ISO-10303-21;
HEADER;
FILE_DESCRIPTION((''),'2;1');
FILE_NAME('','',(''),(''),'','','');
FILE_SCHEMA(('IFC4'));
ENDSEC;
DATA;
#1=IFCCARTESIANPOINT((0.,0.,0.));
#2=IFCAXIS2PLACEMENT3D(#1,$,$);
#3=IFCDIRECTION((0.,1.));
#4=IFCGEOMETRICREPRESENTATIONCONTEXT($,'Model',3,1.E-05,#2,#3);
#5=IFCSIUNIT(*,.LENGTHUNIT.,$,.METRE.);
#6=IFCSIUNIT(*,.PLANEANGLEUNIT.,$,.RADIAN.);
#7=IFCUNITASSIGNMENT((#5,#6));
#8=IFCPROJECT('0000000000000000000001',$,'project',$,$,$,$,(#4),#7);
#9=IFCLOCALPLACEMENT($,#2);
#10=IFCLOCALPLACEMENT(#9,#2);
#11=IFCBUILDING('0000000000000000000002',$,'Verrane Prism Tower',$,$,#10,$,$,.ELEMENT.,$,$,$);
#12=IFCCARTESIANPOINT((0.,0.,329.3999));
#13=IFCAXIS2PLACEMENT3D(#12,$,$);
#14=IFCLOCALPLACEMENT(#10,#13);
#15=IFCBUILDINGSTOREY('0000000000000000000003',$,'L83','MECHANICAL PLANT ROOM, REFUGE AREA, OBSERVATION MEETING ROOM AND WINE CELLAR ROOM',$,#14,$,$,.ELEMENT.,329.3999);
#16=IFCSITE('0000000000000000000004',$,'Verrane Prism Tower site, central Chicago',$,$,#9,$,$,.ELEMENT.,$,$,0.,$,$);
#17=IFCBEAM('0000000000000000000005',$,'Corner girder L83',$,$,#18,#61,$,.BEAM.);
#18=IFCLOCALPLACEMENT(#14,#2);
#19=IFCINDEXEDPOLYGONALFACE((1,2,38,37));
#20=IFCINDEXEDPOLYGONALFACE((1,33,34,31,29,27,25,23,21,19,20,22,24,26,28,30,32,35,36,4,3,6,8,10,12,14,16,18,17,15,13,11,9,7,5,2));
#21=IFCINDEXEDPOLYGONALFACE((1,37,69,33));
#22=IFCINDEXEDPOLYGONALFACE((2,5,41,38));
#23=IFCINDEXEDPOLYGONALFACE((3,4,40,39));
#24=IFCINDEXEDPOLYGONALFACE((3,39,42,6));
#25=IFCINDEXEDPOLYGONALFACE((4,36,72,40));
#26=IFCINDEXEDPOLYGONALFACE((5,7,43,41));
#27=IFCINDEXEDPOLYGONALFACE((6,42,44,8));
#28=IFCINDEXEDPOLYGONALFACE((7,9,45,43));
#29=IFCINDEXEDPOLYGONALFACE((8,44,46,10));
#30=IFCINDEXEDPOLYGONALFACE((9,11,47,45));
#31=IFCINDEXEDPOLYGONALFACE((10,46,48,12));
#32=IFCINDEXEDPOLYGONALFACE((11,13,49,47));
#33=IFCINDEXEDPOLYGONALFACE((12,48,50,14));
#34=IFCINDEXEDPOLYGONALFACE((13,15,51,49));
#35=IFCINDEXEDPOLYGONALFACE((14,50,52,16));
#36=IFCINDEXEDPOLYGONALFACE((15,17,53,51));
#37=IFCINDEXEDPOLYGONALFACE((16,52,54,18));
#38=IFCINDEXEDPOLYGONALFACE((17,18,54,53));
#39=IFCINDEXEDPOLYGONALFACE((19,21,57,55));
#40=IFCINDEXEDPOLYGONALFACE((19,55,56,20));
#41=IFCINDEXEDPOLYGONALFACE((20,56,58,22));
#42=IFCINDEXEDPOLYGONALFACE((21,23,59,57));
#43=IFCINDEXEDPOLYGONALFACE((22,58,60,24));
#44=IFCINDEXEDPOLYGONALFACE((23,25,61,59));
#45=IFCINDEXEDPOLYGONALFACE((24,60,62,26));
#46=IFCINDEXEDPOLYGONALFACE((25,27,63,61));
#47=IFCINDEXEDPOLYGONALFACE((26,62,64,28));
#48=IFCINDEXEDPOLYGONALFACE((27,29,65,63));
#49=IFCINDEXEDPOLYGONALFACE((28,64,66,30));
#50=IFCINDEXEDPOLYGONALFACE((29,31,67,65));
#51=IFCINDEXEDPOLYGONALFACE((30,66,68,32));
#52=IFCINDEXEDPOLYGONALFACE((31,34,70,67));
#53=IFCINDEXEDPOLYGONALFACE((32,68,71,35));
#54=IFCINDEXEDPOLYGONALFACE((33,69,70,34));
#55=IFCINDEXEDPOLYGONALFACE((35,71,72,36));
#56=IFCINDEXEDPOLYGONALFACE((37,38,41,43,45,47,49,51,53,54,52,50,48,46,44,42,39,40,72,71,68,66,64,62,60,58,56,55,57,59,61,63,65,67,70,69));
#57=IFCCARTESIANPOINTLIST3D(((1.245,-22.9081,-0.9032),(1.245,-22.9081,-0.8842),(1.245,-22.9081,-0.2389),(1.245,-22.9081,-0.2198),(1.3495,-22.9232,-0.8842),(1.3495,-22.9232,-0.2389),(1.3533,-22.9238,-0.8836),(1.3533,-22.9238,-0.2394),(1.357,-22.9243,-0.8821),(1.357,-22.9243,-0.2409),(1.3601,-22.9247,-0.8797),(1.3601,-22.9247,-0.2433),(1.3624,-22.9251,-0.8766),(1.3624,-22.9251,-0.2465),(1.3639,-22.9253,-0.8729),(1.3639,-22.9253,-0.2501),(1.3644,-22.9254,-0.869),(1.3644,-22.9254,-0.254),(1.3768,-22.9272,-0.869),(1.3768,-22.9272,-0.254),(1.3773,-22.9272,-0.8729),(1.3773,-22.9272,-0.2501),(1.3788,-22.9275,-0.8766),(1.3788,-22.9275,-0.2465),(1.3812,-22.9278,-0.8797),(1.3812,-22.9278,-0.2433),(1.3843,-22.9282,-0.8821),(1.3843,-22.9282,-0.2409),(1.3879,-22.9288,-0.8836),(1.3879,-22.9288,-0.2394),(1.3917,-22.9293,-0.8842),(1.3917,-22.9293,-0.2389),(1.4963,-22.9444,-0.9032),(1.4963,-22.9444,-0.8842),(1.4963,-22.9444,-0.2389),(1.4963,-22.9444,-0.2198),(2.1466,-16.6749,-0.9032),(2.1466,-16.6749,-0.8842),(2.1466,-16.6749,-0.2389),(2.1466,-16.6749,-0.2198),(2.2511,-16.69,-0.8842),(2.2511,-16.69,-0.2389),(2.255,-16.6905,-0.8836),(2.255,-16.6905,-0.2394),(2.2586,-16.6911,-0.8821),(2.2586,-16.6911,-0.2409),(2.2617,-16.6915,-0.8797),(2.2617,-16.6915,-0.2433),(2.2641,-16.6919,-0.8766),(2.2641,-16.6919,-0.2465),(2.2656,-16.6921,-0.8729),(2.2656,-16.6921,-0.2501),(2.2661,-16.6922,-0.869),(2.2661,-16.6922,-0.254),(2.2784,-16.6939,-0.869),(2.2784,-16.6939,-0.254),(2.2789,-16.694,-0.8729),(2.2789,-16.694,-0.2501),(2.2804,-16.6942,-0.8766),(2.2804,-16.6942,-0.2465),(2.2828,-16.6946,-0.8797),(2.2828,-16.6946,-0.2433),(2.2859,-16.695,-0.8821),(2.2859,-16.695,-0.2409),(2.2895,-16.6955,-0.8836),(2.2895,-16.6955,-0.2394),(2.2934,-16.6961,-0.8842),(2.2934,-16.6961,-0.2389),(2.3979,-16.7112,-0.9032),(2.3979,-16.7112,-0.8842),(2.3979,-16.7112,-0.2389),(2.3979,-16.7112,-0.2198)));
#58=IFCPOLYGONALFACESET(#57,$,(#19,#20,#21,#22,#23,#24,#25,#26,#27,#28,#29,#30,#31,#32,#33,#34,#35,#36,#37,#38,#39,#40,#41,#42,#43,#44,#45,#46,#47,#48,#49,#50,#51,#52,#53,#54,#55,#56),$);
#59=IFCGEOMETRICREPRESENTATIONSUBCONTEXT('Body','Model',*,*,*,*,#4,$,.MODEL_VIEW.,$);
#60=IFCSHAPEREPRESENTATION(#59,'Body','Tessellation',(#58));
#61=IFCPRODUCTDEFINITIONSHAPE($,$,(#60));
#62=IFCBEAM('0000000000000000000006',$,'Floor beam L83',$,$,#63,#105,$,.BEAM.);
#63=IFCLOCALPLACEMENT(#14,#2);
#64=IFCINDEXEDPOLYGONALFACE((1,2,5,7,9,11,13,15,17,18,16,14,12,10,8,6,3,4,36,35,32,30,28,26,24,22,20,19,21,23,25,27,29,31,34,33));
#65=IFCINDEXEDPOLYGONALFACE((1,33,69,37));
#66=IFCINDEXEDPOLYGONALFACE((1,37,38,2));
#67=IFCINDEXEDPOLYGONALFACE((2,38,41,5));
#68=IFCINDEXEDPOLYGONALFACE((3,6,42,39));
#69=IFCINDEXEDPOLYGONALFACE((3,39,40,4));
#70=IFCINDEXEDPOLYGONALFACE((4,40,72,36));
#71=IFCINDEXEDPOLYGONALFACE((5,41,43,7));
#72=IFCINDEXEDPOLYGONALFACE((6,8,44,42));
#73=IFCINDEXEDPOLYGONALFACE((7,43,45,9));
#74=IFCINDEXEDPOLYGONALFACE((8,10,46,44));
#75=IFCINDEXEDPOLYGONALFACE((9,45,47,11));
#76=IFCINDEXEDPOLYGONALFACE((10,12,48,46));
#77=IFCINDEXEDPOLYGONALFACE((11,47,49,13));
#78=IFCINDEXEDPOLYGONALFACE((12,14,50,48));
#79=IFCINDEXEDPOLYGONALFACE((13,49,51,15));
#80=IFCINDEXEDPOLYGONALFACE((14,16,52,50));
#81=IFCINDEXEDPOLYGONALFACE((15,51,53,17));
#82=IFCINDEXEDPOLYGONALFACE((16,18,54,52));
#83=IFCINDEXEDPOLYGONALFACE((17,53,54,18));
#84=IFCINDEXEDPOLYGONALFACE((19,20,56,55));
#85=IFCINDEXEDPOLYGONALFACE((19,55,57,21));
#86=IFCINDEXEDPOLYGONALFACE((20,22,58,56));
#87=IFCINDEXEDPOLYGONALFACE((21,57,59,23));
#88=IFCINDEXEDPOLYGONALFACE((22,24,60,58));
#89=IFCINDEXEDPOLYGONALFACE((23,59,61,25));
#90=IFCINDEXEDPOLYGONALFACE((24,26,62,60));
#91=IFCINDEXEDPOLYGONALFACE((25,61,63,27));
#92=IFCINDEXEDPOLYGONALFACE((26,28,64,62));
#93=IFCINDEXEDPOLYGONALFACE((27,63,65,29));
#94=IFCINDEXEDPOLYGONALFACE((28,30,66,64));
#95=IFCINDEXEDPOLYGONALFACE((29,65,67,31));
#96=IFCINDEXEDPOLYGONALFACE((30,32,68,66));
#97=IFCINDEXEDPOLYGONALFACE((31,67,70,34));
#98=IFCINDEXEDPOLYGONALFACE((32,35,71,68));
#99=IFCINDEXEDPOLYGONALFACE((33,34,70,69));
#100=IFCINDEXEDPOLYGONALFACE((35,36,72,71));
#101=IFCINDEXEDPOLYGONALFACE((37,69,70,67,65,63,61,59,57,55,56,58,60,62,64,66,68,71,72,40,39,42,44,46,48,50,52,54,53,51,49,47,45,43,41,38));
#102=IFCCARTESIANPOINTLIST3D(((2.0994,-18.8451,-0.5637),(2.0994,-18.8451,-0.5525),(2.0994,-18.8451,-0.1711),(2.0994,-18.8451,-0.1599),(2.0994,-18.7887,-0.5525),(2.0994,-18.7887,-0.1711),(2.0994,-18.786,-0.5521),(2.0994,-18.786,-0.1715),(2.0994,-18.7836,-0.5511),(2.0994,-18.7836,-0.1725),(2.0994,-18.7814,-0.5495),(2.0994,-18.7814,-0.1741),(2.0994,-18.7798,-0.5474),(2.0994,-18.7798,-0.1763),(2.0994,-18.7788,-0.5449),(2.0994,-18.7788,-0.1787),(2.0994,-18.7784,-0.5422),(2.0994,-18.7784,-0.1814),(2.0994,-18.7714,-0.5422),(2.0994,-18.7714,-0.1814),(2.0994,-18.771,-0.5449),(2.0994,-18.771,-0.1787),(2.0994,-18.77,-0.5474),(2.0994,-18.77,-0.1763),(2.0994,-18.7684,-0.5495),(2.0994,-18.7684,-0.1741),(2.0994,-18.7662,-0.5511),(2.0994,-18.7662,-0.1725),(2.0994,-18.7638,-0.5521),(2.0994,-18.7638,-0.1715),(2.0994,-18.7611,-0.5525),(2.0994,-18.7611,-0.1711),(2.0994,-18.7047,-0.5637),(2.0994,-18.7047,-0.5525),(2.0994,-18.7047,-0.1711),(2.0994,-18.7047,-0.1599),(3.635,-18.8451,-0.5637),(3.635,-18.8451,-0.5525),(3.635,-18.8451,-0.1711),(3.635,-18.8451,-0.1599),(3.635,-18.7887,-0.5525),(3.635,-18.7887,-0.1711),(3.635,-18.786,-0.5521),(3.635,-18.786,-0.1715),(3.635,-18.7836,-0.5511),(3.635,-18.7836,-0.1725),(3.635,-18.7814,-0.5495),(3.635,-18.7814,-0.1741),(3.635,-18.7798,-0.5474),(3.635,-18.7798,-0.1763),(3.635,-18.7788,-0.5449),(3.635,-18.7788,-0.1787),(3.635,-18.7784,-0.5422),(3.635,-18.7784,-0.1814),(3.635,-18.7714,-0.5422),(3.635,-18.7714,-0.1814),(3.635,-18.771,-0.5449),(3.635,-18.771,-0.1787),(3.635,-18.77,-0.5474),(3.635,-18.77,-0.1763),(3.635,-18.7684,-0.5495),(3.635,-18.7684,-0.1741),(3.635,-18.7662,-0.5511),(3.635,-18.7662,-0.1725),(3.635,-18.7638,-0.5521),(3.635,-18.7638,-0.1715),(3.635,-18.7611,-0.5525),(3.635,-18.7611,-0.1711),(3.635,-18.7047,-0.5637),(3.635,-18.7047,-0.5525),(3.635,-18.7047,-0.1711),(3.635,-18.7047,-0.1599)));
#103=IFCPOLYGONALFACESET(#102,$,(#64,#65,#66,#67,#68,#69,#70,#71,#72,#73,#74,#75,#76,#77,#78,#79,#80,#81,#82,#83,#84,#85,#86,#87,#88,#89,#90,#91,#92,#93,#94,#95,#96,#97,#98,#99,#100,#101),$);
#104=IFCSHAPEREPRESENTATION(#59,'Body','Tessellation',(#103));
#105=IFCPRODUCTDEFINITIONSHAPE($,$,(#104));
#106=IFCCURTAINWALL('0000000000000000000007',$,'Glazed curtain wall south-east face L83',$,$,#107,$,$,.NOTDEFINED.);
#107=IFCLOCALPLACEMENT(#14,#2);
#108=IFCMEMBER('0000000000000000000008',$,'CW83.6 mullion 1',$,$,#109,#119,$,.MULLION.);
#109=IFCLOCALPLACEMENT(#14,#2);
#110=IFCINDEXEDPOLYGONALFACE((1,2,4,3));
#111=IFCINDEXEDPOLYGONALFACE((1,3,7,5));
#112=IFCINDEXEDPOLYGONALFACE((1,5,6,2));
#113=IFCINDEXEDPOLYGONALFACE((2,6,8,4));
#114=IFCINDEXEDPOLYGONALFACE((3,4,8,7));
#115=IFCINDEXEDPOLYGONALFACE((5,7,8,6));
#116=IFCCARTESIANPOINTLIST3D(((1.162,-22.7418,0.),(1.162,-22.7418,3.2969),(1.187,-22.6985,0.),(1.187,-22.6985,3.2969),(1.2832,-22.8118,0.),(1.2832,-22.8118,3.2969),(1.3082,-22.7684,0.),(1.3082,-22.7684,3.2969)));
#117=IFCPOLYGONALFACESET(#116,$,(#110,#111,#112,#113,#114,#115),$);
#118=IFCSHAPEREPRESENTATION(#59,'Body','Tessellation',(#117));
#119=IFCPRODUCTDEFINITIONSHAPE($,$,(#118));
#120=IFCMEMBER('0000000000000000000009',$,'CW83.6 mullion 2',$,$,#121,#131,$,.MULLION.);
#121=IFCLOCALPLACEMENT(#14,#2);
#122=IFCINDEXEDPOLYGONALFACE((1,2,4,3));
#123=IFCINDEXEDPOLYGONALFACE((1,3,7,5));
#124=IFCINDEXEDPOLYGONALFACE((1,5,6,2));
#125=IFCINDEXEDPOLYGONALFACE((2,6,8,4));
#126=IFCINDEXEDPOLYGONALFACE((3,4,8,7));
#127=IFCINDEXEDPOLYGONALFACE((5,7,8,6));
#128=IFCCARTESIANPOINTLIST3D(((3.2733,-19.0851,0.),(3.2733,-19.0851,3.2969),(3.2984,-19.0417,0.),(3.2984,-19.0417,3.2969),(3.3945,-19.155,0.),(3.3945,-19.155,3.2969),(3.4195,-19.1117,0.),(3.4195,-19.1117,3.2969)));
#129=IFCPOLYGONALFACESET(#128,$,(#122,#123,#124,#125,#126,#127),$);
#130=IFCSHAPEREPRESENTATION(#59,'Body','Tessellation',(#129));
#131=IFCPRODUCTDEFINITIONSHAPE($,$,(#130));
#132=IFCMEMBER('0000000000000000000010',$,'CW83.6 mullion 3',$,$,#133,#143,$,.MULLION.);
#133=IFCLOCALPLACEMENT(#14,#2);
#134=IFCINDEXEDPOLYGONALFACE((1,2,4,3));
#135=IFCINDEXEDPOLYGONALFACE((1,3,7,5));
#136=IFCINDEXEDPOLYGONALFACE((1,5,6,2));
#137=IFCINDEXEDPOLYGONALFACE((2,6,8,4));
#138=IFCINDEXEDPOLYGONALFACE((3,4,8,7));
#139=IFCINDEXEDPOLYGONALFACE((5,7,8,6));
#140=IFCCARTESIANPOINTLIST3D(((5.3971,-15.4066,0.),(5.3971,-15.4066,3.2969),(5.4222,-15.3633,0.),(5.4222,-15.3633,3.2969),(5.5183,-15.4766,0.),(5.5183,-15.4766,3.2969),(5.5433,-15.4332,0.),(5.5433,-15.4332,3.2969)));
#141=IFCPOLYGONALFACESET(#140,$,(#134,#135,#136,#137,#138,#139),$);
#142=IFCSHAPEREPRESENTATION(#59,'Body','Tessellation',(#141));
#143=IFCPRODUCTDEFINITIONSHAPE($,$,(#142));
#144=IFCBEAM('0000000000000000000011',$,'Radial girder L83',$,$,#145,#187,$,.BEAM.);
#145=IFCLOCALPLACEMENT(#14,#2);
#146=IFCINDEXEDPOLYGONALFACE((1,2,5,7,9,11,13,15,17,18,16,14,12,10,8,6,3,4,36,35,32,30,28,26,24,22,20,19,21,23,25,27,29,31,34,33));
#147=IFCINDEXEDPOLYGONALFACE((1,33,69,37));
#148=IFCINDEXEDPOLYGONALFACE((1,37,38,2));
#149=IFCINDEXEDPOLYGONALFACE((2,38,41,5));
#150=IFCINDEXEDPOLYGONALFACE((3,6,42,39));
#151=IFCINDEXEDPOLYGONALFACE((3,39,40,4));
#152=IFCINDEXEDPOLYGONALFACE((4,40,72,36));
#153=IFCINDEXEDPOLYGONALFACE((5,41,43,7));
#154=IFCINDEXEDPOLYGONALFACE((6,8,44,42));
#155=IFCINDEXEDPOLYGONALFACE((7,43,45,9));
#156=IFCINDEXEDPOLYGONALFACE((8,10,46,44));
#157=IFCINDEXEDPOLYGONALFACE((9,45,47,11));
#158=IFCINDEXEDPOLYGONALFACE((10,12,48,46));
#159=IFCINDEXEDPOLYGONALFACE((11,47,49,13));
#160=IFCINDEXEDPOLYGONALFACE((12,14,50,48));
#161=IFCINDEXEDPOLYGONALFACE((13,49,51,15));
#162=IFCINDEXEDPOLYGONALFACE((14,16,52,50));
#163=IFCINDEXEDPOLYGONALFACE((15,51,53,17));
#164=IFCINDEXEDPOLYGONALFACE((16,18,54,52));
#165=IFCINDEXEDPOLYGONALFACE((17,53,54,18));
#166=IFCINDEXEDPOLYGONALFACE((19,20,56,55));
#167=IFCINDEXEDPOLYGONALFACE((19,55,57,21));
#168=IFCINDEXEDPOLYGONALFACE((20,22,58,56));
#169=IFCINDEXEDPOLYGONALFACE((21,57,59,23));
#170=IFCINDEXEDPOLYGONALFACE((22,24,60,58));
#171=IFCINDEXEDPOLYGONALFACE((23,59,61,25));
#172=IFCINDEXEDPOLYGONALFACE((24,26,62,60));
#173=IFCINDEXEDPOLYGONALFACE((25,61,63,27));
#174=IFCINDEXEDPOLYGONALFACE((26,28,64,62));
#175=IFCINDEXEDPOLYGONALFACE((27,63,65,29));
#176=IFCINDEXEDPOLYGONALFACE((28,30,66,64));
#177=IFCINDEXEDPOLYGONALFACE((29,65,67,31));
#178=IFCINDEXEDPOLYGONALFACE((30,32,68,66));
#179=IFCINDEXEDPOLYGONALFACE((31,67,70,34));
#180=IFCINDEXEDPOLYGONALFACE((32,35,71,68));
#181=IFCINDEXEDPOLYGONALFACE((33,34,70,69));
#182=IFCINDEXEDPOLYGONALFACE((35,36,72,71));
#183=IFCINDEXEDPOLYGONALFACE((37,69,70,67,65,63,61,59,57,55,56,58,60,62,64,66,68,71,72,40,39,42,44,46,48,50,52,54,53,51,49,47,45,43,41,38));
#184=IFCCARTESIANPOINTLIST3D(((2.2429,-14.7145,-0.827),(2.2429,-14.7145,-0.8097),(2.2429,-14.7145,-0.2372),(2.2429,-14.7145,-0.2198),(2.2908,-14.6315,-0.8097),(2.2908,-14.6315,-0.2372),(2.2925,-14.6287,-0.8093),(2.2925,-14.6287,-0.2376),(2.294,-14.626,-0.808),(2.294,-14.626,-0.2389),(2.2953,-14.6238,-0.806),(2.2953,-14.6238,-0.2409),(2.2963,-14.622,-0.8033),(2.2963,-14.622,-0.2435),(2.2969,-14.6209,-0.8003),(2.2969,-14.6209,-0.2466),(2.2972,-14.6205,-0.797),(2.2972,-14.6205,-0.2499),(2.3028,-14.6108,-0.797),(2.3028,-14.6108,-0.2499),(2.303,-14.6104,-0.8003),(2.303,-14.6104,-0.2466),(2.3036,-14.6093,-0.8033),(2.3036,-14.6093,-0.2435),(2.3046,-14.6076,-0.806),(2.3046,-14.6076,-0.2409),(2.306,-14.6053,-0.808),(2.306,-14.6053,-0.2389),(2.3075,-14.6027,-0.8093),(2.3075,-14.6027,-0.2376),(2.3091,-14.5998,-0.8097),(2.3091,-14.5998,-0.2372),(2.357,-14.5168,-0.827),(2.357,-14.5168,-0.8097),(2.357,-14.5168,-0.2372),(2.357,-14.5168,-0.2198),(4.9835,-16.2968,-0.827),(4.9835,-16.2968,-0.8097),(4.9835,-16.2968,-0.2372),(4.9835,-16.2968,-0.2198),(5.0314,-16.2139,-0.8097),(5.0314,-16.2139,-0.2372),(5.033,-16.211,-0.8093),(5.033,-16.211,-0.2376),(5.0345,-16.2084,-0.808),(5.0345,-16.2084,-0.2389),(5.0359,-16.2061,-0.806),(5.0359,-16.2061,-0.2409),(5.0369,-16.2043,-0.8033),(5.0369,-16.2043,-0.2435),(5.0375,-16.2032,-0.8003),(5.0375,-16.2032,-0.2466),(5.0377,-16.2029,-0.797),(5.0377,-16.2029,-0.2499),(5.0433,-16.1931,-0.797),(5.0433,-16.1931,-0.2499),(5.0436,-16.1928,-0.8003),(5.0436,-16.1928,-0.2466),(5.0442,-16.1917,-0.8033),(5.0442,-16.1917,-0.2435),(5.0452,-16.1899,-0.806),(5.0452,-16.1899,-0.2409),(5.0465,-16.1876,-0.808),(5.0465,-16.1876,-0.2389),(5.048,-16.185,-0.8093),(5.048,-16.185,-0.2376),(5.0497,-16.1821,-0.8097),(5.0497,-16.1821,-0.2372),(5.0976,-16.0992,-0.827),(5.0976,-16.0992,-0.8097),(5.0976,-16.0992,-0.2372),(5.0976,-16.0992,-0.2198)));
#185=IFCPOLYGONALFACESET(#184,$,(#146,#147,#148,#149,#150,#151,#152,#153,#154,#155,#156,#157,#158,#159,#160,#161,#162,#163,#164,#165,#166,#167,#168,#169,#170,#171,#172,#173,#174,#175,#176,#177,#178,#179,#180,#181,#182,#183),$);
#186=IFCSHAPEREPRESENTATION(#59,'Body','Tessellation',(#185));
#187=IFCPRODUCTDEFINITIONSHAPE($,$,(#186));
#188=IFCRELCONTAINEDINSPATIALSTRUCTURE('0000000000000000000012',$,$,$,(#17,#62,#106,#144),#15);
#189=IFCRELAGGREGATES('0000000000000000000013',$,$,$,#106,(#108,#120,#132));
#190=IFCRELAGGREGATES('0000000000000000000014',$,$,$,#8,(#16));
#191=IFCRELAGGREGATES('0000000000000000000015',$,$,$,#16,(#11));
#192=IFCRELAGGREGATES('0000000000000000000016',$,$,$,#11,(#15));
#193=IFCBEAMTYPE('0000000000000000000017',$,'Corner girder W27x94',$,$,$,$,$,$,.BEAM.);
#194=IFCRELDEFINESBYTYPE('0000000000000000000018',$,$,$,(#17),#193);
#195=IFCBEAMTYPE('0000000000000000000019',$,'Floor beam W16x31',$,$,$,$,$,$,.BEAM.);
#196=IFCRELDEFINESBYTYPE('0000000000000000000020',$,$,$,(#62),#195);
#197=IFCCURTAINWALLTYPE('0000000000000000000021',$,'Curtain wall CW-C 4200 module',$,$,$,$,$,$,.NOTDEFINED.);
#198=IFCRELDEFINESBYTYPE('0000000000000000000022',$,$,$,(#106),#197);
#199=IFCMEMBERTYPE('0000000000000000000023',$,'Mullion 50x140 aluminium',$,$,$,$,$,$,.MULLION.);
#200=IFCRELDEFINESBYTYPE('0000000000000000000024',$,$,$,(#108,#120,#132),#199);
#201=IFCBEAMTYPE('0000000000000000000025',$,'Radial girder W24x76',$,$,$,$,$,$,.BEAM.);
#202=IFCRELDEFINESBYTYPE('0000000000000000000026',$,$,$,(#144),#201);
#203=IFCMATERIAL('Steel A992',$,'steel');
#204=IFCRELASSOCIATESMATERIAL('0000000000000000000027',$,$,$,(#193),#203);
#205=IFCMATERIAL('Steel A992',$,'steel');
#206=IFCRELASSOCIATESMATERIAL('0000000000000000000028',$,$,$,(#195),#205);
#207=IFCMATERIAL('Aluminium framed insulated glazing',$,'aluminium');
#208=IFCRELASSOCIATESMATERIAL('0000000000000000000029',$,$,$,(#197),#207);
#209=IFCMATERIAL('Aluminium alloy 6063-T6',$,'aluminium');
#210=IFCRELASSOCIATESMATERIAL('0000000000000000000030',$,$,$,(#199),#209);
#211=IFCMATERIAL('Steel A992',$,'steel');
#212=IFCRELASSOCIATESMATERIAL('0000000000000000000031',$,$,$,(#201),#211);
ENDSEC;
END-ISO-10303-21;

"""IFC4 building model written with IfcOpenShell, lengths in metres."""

from ifc_helpers import new_model, si_unit, direction, frame, origin, origin_2d, place, context, subcontext, project, spatial, rectangle, i_section, extrude, material, material_profile, profile_set, type_object, element, aggregate, save


model = new_model("IFC4")

# Units and contexts
model_context = context("Model", 3, precision=1e-05, world=origin(), true_north=direction((0.0, 1.0)))
body_context = subcontext(model_context, "Body", "Model", "MODEL_VIEW")
ifc_project = project(units=[si_unit("LENGTHUNIT", "METRE"), si_unit("PLANEANGLEUNIT", "RADIAN")], contexts=[model_context])

# Site, building, storey
site_placement = place(None, origin())
site = spatial("IfcSite", under=ifc_project, at=site_placement, Name="Verrane Prism Tower site, central Chicago", CompositionType="ELEMENT", RefElevation=0.0)
building_placement = place(site_placement, origin())
building = spatial("IfcBuilding", under=site, at=building_placement, Name="Verrane Prism Tower", CompositionType="ELEMENT")
storey_placement = place(building_placement, frame((0.0, 0.0, 329.3999)))
storey = spatial("IfcBuildingStorey", under=building, at=storey_placement, Name="L83", Description="MECHANICAL PLANT ROOM, REFUGE AREA, OBSERVATION MEETING ROOM AND WINE CELLAR ROOM", CompositionType="ELEMENT", Elevation=329.3999)

# Beams
ifc_material_1 = material(Name="Steel A992", Category="steel")
ifc_material_profile_1 = material_profile(ifc_material_1, i_section(OverallWidth=0.2539, OverallDepth=0.6833, WebThickness=0.0125, FlangeThickness=0.019, FilletRadius=0.0151, at=origin_2d()), Name="W27x94")
ifc_profile_set_1 = profile_set([ifc_material_profile_1], Name="Steel A992")
beam_type_1 = type_object("IfcBeamType", Name="Corner girder W27x94", PredefinedType="BEAM", material=ifc_profile_set_1)
beam_1_placement = place(storey_placement, frame((1.3706, -22.9263, -0.5615), z_axis=(0.143158, 0.9897, 0.0), x_axis=(-0.9897, 0.143158, 0.0)))
element("IfcBeam", 1, at=beam_1_placement, inside=storey, type_object=beam_type_1, Name="Corner girder L83", PredefinedType="BEAM", context=body_context, shape_type="SweptSolid", body=[
    extrude(i_section(OverallWidth=0.2539, OverallDepth=0.6833, WebThickness=0.0125, FlangeThickness=0.019, FilletRadius=0.0151, at=origin_2d()), origin(), (0.0, 0.0, 1.0), 6.2981),
])
ifc_material_2 = material(Name="Steel A992", Category="steel")
ifc_material_profile_2 = material_profile(ifc_material_2, i_section(OverallWidth=0.1404, OverallDepth=0.4038, WebThickness=0.0071, FlangeThickness=0.0112, FilletRadius=0.0103, at=origin_2d()), Name="W16x31")
ifc_profile_set_2 = profile_set([ifc_material_profile_2], Name="Steel A992")
beam_type_2 = type_object("IfcBeamType", Name="Floor beam W16x31", PredefinedType="BEAM", material=ifc_profile_set_2)
beam_2_placement = place(storey_placement, frame((2.0994, -18.7749, -0.3618), z_axis=(1.0, 0.0, 0.0), x_axis=(0.0, 1.0, 0.0)))
element("IfcBeam", 2, at=beam_2_placement, inside=storey, type_object=beam_type_2, Name="Floor beam L83", PredefinedType="BEAM", context=body_context, shape_type="SweptSolid", body=[
    extrude(i_section(OverallWidth=0.1404, OverallDepth=0.4038, WebThickness=0.0071, FlangeThickness=0.0112, FilletRadius=0.0103, at=origin_2d()), origin(), (0.0, 0.0, 1.0), 1.5356),
])

# Curtain wall, members
ifc_material_3 = material(Name="Aluminium framed insulated glazing", Category="aluminium")
curtain_wall_type_1 = type_object("IfcCurtainWallType", Name="Curtain wall CW-C 4200 module", PredefinedType="NOTDEFINED", material=ifc_material_3)
curtain_wall_1_placement = place(storey_placement, origin())
curtain_wall_1 = element("IfcCurtainWall", 3, at=curtain_wall_1_placement, inside=storey, type_object=curtain_wall_type_1, Name="Glazed curtain wall south-east face L83", PredefinedType="NOTDEFINED")
ifc_material_4 = material(Name="Aluminium alloy 6063-T6", Category="aluminium")
ifc_material_profile_3 = material_profile(ifc_material_4, rectangle(XDim=0.1399, YDim=0.05, at=origin_2d()), Name="Mullion 50x140 aluminium")
ifc_profile_set_3 = profile_set([ifc_material_profile_3], Name="Aluminium alloy 6063-T6")
member_type_1 = type_object("IfcMemberType", Name="Mullion 50x140 aluminium", PredefinedType="MULLION", material=ifc_profile_set_3)
member_1_placement = place(storey_placement, frame((1.2351, -22.7551, 0.0), z_axis=(0.0, 0.0, 1.0), x_axis=(-0.866025, 0.5, 0.0)))
member_1 = element("IfcMember", 4, at=member_1_placement, type_object=member_type_1, Name="CW83.6 mullion 1", PredefinedType="MULLION", context=body_context, shape_type="SweptSolid", body=[
    extrude(rectangle(XDim=0.1399, YDim=0.05, at=origin_2d()), origin(), (0.0, 0.0, 1.0), 3.2969),
])
member_2_placement = place(storey_placement, frame((3.3464, -19.0984, 0.0), z_axis=(0.0, 0.0, 1.0), x_axis=(-0.866025, 0.5, 0.0)))
member_2 = element("IfcMember", 5, at=member_2_placement, type_object=member_type_1, Name="CW83.6 mullion 2", PredefinedType="MULLION", context=body_context, shape_type="SweptSolid", body=[
    extrude(rectangle(XDim=0.1399, YDim=0.05, at=origin_2d()), origin(), (0.0, 0.0, 1.0), 3.2969),
])
member_3_placement = place(storey_placement, frame((5.4702, -15.4199, 0.0), z_axis=(0.0, 0.0, 1.0), x_axis=(-0.866025, 0.5, 0.0)))
member_3 = element("IfcMember", 6, at=member_3_placement, type_object=member_type_1, Name="CW83.6 mullion 3", PredefinedType="MULLION", context=body_context, shape_type="SweptSolid", body=[
    extrude(rectangle(XDim=0.1399, YDim=0.05, at=origin_2d()), origin(), (0.0, 0.0, 1.0), 3.2969),
])

# Beam
ifc_material_5 = material(Name="Steel A992", Category="steel")
ifc_material_profile_4 = material_profile(ifc_material_5, i_section(OverallWidth=0.2283, OverallDepth=0.6072, WebThickness=0.0112, FlangeThickness=0.0173, FilletRadius=0.0127, at=origin_2d()), Name="W24x76")
ifc_profile_set_4 = profile_set([ifc_material_profile_4], Name="Steel A992")
beam_type_3 = type_object("IfcBeamType", Name="Radial girder W24x76", PredefinedType="BEAM", material=ifc_profile_set_4)
beam_3_placement = place(storey_placement, frame((5.0405, -16.198, -0.5234), z_axis=(-0.866017, 0.500014, 0.0), x_axis=(-0.500014, -0.866017, 0.0)))
element("IfcBeam", 7, at=beam_3_placement, inside=storey, type_object=beam_type_3, Name="Radial girder L83", PredefinedType="BEAM", context=body_context, shape_type="SweptSolid", body=[
    extrude(i_section(OverallWidth=0.2283, OverallDepth=0.6072, WebThickness=0.0112, FlangeThickness=0.0173, FilletRadius=0.0127, at=origin_2d()), origin(), (0.0, 0.0, 1.0), 3.1646),
])

aggregate(curtain_wall_1, [member_1, member_2, member_3])

save(model, "model.ifc")
